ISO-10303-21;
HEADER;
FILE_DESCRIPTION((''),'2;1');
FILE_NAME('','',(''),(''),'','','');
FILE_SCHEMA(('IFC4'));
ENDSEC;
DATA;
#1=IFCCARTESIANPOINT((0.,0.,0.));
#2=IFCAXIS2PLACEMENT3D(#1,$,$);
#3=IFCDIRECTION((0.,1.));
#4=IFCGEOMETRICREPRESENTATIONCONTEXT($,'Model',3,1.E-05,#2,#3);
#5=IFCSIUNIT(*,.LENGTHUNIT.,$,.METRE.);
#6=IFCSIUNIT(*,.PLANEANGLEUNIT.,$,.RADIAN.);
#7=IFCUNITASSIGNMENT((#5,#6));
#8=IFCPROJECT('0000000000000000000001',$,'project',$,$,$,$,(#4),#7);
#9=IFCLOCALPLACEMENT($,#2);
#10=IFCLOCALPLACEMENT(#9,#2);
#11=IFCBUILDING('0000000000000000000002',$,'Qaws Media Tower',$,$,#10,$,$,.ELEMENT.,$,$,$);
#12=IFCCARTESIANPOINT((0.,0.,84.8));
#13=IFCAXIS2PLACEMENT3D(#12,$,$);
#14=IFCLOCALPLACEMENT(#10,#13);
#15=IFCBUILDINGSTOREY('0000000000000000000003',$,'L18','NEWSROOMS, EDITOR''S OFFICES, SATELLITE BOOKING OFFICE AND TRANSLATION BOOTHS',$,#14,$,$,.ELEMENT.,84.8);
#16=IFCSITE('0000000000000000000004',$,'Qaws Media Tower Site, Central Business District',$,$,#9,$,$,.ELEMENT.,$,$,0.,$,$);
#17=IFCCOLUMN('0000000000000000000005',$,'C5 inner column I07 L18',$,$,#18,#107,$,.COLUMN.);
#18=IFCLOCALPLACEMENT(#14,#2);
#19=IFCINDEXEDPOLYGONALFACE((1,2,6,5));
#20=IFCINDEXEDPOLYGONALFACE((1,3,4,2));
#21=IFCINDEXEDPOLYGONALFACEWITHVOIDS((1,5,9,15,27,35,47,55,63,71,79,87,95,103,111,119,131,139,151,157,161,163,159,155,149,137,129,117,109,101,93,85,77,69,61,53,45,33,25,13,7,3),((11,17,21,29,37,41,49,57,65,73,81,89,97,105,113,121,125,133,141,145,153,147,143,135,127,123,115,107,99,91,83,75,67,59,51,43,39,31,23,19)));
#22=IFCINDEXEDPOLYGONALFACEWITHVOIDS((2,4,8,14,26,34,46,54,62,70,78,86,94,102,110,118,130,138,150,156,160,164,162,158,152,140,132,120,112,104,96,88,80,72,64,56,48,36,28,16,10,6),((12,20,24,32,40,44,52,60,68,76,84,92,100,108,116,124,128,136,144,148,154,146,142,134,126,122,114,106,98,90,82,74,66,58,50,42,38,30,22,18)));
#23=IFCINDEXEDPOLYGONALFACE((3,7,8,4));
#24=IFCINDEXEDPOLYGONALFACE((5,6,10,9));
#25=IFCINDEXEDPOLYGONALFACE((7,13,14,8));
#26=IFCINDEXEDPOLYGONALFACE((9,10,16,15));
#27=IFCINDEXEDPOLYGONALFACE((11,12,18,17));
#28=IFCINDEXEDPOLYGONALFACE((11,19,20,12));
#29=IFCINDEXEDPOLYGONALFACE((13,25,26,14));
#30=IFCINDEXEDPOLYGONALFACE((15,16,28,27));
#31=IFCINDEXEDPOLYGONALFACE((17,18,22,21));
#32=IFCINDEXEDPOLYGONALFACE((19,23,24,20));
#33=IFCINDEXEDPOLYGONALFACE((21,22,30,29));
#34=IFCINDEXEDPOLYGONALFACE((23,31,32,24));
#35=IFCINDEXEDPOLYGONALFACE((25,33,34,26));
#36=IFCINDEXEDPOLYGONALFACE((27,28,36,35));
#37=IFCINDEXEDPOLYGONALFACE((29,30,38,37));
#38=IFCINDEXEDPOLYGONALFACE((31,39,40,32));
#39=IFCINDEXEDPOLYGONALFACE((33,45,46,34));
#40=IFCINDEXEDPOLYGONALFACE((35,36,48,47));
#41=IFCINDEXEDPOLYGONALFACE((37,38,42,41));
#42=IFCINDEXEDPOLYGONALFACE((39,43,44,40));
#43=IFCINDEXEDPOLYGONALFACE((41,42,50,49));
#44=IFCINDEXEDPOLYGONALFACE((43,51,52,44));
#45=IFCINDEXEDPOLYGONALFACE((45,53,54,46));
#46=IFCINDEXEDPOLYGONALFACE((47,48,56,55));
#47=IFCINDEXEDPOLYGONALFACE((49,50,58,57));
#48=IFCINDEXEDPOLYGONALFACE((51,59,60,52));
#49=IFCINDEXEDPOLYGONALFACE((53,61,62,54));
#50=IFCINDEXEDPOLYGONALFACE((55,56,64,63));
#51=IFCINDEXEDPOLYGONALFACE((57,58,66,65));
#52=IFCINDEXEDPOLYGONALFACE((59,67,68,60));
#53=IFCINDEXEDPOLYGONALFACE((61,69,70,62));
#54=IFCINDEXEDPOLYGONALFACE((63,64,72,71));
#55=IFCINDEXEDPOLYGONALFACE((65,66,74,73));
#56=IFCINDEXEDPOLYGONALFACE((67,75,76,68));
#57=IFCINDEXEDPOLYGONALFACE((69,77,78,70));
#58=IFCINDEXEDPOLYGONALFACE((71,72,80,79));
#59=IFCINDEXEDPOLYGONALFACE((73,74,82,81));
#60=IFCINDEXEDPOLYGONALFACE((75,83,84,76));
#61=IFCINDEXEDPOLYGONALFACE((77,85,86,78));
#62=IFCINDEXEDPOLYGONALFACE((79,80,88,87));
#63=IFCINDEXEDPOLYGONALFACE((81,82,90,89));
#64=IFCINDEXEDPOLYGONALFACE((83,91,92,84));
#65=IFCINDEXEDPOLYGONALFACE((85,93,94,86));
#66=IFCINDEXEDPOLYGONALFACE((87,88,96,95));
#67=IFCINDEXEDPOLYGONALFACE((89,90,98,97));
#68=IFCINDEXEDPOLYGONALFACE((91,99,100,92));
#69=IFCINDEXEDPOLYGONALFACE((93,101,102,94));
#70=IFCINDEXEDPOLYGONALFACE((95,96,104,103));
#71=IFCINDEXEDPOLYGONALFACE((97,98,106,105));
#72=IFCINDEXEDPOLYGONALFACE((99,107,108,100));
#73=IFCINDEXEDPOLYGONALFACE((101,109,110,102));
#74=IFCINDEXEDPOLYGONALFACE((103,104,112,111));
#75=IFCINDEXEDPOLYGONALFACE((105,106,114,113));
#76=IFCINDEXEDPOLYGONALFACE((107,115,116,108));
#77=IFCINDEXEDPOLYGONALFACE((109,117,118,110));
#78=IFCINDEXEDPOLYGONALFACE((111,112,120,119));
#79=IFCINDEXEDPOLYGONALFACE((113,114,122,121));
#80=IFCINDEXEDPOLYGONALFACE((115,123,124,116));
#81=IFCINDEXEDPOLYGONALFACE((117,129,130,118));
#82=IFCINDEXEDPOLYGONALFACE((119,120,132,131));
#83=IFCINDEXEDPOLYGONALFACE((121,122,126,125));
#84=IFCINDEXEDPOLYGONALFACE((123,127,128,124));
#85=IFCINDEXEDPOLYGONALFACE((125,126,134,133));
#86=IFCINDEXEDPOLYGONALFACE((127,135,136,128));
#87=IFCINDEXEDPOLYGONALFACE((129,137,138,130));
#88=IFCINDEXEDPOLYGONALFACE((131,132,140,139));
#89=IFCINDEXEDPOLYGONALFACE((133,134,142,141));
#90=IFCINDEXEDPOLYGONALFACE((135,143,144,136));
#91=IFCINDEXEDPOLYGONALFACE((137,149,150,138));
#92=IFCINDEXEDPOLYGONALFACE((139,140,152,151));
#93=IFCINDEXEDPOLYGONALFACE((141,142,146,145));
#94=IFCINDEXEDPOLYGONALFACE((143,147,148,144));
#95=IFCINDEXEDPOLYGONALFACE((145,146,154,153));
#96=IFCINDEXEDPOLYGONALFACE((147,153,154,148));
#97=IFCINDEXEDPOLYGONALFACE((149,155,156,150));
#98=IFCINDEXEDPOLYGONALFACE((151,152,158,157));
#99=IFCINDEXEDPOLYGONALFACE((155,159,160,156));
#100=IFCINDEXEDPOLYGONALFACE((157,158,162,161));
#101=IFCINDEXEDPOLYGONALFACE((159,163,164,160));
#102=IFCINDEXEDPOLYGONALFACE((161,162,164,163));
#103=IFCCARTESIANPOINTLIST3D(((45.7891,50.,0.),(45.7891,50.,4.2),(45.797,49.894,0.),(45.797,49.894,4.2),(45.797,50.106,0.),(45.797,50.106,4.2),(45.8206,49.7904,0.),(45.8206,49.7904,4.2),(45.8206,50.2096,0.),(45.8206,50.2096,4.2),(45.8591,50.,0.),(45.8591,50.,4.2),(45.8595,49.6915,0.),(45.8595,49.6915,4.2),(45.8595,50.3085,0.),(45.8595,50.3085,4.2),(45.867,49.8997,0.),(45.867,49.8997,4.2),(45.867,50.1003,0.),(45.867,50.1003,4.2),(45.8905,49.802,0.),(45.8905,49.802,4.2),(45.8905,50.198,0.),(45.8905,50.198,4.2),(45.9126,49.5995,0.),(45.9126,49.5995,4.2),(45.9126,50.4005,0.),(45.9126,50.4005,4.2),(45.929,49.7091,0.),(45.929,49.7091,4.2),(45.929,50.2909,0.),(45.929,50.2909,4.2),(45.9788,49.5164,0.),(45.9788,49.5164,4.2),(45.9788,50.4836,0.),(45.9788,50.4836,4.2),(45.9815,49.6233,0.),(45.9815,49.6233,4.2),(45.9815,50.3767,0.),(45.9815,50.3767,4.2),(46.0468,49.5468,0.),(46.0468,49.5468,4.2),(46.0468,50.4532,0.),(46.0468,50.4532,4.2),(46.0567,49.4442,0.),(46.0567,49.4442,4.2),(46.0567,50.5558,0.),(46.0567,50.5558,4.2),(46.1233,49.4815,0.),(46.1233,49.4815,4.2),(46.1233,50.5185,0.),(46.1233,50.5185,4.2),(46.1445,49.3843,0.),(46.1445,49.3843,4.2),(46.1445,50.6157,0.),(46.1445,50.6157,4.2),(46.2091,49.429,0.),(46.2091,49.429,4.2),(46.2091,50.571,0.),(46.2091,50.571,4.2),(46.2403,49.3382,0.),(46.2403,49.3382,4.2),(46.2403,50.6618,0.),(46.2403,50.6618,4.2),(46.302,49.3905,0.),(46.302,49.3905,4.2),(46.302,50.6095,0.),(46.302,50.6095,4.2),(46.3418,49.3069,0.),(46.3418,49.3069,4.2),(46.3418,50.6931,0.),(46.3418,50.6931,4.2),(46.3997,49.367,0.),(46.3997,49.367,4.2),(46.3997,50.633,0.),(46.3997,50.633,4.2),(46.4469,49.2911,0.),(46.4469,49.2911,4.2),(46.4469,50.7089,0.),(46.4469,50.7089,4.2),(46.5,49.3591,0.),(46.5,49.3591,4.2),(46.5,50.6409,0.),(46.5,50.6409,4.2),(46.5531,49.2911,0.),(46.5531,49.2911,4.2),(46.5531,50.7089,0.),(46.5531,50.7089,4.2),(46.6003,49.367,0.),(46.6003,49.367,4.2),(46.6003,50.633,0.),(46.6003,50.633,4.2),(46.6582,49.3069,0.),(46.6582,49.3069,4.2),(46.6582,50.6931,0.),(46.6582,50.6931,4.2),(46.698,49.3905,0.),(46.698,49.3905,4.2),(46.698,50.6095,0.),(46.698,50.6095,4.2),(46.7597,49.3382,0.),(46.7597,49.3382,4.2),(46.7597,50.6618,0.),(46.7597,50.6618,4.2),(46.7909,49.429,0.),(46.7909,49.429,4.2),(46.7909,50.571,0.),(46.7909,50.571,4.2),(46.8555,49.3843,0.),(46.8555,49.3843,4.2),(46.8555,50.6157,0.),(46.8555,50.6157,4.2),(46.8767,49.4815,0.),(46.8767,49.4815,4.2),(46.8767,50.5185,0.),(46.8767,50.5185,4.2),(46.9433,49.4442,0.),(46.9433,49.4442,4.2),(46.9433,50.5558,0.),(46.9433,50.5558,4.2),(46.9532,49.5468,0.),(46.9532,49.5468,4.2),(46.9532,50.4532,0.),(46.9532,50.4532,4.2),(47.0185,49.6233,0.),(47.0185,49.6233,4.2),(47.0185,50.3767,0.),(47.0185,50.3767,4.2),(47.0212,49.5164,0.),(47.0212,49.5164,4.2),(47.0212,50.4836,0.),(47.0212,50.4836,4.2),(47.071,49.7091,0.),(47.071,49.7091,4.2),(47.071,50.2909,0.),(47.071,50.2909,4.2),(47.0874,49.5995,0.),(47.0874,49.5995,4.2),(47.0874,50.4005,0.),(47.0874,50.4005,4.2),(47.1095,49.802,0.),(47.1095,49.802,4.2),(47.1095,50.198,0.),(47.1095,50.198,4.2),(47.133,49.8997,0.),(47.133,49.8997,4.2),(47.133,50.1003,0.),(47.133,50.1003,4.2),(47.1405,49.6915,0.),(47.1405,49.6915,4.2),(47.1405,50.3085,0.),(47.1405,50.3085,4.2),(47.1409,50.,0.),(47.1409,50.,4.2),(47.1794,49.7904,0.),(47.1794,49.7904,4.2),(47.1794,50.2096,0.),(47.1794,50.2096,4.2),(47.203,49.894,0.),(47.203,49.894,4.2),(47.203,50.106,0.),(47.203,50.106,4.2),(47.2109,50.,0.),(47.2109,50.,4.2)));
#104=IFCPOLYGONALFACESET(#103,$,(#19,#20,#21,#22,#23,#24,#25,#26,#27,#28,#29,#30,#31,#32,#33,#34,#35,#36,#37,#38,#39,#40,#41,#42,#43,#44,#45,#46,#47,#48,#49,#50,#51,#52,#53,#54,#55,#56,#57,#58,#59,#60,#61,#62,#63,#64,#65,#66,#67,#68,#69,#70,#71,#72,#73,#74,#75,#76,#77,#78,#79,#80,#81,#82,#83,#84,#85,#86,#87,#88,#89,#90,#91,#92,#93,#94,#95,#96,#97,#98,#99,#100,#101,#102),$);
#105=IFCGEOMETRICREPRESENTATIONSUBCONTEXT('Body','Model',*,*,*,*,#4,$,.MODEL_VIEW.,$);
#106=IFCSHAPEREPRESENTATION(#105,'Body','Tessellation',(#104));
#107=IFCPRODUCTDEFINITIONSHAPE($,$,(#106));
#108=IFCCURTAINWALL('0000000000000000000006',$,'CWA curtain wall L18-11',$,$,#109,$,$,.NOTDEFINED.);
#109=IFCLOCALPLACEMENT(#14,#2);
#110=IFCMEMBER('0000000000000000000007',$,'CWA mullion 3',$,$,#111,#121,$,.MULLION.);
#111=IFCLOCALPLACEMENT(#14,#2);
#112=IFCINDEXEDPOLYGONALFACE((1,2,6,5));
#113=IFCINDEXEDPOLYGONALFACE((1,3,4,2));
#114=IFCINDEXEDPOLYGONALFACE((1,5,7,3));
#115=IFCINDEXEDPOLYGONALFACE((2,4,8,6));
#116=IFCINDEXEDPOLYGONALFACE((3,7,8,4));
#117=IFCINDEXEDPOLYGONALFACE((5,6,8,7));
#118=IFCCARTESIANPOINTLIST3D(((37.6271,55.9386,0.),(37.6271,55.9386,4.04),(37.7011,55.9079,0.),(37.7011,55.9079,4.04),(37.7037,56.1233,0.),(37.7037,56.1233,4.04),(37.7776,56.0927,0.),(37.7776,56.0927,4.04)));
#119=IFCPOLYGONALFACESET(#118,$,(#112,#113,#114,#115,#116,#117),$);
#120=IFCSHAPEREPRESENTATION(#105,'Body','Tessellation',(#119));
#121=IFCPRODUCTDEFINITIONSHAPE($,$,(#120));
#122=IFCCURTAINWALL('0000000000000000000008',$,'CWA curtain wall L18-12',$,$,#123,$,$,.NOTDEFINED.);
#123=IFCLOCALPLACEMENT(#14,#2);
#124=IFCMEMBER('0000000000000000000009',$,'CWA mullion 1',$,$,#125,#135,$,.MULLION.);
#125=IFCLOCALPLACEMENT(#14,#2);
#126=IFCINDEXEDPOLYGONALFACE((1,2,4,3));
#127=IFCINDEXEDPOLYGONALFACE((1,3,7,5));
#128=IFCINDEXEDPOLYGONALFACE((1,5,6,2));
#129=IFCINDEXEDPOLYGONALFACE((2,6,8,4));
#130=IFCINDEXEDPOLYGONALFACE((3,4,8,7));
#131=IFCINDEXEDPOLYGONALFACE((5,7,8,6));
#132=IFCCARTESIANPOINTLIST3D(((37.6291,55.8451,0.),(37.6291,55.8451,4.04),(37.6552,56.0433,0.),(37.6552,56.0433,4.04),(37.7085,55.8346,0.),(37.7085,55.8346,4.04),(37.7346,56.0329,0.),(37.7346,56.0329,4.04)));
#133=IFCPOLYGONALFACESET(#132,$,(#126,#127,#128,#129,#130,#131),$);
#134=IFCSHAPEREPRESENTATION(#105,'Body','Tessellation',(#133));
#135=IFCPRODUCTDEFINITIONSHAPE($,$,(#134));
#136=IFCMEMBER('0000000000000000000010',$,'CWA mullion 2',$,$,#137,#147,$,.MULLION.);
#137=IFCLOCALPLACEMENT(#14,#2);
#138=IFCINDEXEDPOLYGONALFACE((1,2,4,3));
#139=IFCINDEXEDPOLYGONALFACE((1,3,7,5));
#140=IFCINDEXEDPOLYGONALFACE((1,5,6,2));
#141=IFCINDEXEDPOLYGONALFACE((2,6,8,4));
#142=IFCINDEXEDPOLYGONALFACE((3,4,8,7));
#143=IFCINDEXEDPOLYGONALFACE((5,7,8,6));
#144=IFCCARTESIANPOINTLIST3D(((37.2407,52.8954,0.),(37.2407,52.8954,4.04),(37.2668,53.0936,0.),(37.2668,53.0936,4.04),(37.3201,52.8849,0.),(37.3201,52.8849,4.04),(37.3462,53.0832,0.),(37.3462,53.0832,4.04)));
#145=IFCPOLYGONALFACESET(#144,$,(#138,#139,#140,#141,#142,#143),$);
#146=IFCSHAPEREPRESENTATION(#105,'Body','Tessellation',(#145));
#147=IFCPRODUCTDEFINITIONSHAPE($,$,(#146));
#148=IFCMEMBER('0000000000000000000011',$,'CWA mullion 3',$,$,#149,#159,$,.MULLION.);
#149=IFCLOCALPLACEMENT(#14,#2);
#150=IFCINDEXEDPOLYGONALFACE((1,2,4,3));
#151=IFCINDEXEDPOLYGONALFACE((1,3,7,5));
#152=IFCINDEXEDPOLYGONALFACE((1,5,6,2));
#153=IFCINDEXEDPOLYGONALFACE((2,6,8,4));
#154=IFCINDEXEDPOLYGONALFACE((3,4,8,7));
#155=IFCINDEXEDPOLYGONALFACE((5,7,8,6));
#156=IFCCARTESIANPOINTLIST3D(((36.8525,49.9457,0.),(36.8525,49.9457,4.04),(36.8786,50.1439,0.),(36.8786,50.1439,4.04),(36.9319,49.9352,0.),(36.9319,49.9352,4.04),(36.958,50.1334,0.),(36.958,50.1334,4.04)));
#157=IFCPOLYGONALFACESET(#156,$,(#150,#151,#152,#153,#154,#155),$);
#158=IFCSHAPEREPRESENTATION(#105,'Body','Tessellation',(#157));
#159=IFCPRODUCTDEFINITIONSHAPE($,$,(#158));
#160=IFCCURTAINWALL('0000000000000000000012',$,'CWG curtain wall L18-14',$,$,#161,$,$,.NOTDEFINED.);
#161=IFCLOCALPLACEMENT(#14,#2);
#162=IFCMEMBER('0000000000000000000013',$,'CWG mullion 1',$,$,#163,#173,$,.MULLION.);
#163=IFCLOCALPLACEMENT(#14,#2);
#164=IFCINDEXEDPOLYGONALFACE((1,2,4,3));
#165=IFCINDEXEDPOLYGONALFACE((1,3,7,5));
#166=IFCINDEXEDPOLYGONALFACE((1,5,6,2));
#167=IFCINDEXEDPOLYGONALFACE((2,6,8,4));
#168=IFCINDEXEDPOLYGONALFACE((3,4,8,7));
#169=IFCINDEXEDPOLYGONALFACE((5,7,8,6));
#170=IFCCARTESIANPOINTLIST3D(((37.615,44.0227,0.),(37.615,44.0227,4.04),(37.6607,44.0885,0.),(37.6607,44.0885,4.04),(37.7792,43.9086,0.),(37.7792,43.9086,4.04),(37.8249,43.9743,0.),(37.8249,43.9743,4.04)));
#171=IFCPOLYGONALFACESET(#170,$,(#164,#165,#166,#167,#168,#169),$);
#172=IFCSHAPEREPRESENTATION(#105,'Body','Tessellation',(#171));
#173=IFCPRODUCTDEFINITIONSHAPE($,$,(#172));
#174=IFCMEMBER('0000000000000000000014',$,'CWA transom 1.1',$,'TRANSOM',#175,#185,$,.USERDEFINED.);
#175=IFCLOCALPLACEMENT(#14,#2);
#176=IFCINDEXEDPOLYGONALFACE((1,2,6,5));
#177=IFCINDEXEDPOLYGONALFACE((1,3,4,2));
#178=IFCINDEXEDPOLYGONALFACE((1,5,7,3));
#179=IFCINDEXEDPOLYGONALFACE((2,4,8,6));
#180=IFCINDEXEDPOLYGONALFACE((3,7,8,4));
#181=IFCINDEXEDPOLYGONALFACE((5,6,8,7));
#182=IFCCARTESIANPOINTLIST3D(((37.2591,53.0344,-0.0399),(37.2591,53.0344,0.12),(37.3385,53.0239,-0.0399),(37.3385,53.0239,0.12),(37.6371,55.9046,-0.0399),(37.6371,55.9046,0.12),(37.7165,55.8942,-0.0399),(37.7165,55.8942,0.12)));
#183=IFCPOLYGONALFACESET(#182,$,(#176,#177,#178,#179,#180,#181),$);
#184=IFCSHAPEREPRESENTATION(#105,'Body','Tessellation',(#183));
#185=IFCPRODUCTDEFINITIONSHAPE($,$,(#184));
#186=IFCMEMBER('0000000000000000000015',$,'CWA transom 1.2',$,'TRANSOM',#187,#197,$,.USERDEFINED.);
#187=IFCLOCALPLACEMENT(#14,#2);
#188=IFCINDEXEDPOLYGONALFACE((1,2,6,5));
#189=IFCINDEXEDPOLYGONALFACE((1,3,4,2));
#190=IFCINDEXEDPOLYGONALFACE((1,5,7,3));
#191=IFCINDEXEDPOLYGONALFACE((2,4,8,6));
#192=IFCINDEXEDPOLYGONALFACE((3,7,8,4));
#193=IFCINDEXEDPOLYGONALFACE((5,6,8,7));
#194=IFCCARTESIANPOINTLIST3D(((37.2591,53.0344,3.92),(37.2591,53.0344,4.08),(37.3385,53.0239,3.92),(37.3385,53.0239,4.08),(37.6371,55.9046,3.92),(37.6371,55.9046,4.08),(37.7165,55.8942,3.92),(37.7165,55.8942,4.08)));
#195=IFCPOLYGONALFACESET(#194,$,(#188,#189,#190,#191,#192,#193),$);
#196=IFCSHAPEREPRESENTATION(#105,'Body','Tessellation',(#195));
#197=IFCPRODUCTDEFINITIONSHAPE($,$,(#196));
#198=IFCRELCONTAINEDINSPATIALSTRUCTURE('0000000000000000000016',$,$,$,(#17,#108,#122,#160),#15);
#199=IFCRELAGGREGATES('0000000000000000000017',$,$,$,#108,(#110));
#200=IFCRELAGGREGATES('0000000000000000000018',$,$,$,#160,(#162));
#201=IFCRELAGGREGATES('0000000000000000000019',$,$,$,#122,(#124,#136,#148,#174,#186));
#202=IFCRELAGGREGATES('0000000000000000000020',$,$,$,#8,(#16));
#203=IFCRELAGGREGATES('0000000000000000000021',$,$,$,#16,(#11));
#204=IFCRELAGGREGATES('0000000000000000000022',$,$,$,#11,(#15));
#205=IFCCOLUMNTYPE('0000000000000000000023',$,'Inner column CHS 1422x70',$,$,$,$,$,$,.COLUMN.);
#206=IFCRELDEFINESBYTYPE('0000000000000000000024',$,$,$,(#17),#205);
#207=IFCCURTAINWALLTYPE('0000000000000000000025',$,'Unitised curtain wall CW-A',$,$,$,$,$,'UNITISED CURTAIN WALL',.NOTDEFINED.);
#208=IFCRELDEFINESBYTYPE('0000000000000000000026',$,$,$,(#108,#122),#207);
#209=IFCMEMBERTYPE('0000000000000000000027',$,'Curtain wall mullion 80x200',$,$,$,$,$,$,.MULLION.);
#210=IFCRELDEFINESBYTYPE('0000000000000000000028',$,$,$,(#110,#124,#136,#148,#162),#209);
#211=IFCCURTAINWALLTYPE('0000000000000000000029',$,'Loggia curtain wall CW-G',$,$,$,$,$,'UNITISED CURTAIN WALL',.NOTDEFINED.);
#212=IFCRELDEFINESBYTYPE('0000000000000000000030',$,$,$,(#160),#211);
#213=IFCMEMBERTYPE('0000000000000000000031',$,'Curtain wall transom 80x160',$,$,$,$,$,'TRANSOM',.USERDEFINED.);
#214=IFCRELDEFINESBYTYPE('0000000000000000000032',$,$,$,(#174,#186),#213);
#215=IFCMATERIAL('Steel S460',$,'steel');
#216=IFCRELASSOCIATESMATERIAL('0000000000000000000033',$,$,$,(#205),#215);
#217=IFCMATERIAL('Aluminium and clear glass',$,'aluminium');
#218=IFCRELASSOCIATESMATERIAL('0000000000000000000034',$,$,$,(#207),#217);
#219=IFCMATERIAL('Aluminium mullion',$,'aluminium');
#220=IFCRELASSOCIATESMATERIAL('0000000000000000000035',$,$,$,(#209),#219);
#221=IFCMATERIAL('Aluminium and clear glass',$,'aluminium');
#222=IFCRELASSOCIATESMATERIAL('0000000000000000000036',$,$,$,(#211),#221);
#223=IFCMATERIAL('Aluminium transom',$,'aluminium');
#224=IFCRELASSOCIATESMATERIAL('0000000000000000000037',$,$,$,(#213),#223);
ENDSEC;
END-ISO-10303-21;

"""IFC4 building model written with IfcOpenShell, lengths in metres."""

from ifc_helpers import new_model, si_unit, direction, frame, origin, origin_2d, place, context, subcontext, project, spatial, rectangle, hollow_circle, extrude, material, material_profile, profile_set, type_object, element, aggregate, save


model = new_model("IFC4")

# Units and contexts
model_context = context("Model", 3, precision=1e-05, world=origin(), true_north=direction((0.0, 1.0)))
body_context = subcontext(model_context, "Body", "Model", "MODEL_VIEW")
ifc_project = project(units=[si_unit("LENGTHUNIT", "METRE"), si_unit("PLANEANGLEUNIT", "RADIAN")], contexts=[model_context])

# Site, building, storey
site_placement = place(None, origin())
site = spatial("IfcSite", under=ifc_project, at=site_placement, Name="Qaws Media Tower Site, Central Business District", CompositionType="ELEMENT", RefElevation=0.0)
building_placement = place(site_placement, origin())
building = spatial("IfcBuilding", under=site, at=building_placement, Name="Qaws Media Tower", CompositionType="ELEMENT")
storey_placement = place(building_placement, frame((0.0, 0.0, 84.8)))
storey = spatial("IfcBuildingStorey", under=building, at=storey_placement, Name="L18", Description="NEWSROOMS, EDITOR'S OFFICES, SATELLITE BOOKING OFFICE AND TRANSLATION BOOTHS", CompositionType="ELEMENT", Elevation=84.8)

# Column
ifc_material_1 = material(Name="Steel S460", Category="steel")
ifc_material_profile_1 = material_profile(ifc_material_1, hollow_circle(Radius=0.7109, WallThickness=0.0701, at=origin_2d()), Name="CHS 1422x70")
ifc_profile_set_1 = profile_set([ifc_material_profile_1], Name="Steel S460")
column_type = type_object("IfcColumnType", Name="Inner column CHS 1422x70", PredefinedType="COLUMN", material=ifc_profile_set_1)
column_placement = place(storey_placement, frame((46.5, 50.0, 0.0), z_axis=(0.0, 0.0, 1.0), x_axis=(1.0, 0.0, 0.0)))
element("IfcColumn", 1, at=column_placement, inside=storey, type_object=column_type, Name="C5 inner column I07 L18", PredefinedType="COLUMN", context=body_context, shape_type="SweptSolid", body=[
    extrude(hollow_circle(Radius=0.7109, WallThickness=0.0701, at=origin_2d()), origin(), (0.0, 0.0, 1.0), 4.2),
])

# Curtain wall, member
ifc_material_2 = material(Name="Aluminium and clear glass", Category="aluminium")
curtain_wall_type_1 = type_object("IfcCurtainWallType", Name="Unitised curtain wall CW-A", ElementType="UNITISED CURTAIN WALL", PredefinedType="NOTDEFINED", material=ifc_material_2)
curtain_wall_1_placement = place(storey_placement, origin())
curtain_wall_1 = element("IfcCurtainWall", 2, at=curtain_wall_1_placement, inside=storey, type_object=curtain_wall_type_1, Name="CWA curtain wall L18-11", PredefinedType="NOTDEFINED")
ifc_material_3 = material(Name="Aluminium mullion", Category="aluminium")
ifc_material_profile_2 = material_profile(ifc_material_3, rectangle(XDim=0.0801, YDim=0.2, at=origin_2d()), Name="80x200")
ifc_profile_set_2 = profile_set([ifc_material_profile_2], Name="Aluminium mullion")
member_type_1 = type_object("IfcMemberType", Name="Curtain wall mullion 80x200", PredefinedType="MULLION", material=ifc_profile_set_2)
member_1_placement = place(storey_placement, frame((37.7024, 56.0156, 0.0), z_axis=(0.0, 0.0, 1.0), x_axis=(0.92388, -0.382683, 0.0)))
member_1 = element("IfcMember", 3, at=member_1_placement, type_object=member_type_1, Name="CWA mullion 3", PredefinedType="MULLION", context=body_context, shape_type="SweptSolid", body=[
    extrude(rectangle(XDim=0.0801, YDim=0.2, at=origin_2d()), origin(), (0.0, 0.0, 1.0), 4.04),
])
aggregate(curtain_wall_1, [member_1])

# Curtain wall, members
curtain_wall_2_placement = place(storey_placement, origin())
curtain_wall_2 = element("IfcCurtainWall", 4, at=curtain_wall_2_placement, inside=storey, type_object=curtain_wall_type_1, Name="CWA curtain wall L18-12", PredefinedType="NOTDEFINED")
member_2_placement = place(storey_placement, frame((37.6819, 55.939, 0.0), z_axis=(0.0, 0.0, 1.0), x_axis=(0.991445, -0.130526, 0.0)))
member_2 = element("IfcMember", 5, at=member_2_placement, type_object=member_type_1, Name="CWA mullion 1", PredefinedType="MULLION", context=body_context, shape_type="SweptSolid", body=[
    extrude(rectangle(XDim=0.0801, YDim=0.2, at=origin_2d()), origin(), (0.0, 0.0, 1.0), 4.04),
])
member_3_placement = place(storey_placement, frame((37.2935, 52.9893, 0.0), z_axis=(0.0, 0.0, 1.0), x_axis=(0.991445, -0.130526, 0.0)))
member_3 = element("IfcMember", 6, at=member_3_placement, type_object=member_type_1, Name="CWA mullion 2", PredefinedType="MULLION", context=body_context, shape_type="SweptSolid", body=[
    extrude(rectangle(XDim=0.0801, YDim=0.2, at=origin_2d()), origin(), (0.0, 0.0, 1.0), 4.04),
])
member_4_placement = place(storey_placement, frame((36.9053, 50.0396, 0.0), z_axis=(0.0, 0.0, 1.0), x_axis=(0.991445, -0.130526, 0.0)))
member_4 = element("IfcMember", 7, at=member_4_placement, type_object=member_type_1, Name="CWA mullion 3", PredefinedType="MULLION", context=body_context, shape_type="SweptSolid", body=[
    extrude(rectangle(XDim=0.0801, YDim=0.2, at=origin_2d()), origin(), (0.0, 0.0, 1.0), 4.04),
])

# Curtain wall, member
ifc_material_4 = material(Name="Aluminium and clear glass", Category="aluminium")
curtain_wall_type_2 = type_object("IfcCurtainWallType", Name="Loggia curtain wall CW-G", ElementType="UNITISED CURTAIN WALL", PredefinedType="NOTDEFINED", material=ifc_material_4)
curtain_wall_3_placement = place(storey_placement, origin())
curtain_wall_3 = element("IfcCurtainWall", 8, at=curtain_wall_3_placement, inside=storey, type_object=curtain_wall_type_2, Name="CWG curtain wall L18-14", PredefinedType="NOTDEFINED")
member_5_placement = place(storey_placement, frame((37.72, 43.9985, 0.0), z_axis=(0.0, 0.0, 1.0), x_axis=(0.570768, 0.821111, 0.0)))
member_5 = element("IfcMember", 9, at=member_5_placement, type_object=member_type_1, Name="CWG mullion 1", PredefinedType="MULLION", context=body_context, shape_type="SweptSolid", body=[
    extrude(rectangle(XDim=0.0801, YDim=0.2, at=origin_2d()), origin(), (0.0, 0.0, 1.0), 4.04),
])

# Members
ifc_material_5 = material(Name="Aluminium transom", Category="aluminium")
ifc_material_profile_3 = material_profile(ifc_material_5, rectangle(XDim=0.0801, YDim=0.1599, at=origin_2d()), Name="80x160")
ifc_profile_set_3 = profile_set([ifc_material_profile_3], Name="Aluminium transom")
member_type_2 = type_object("IfcMemberType", Name="Curtain wall transom 80x160", ElementType="TRANSOM", PredefinedType="USERDEFINED", material=ifc_profile_set_3)
member_6_placement = place(storey_placement, frame((37.6768, 55.8994, 0.04), z_axis=(-0.13054, -0.991443, 0.0), x_axis=(0.991443, -0.13054, 0.0)))
member_6 = element("IfcMember", 10, at=member_6_placement, type_object=member_type_2, Name="CWA transom 1.1", ObjectType="TRANSOM", PredefinedType="USERDEFINED", context=body_context, shape_type="SweptSolid", body=[
    extrude(rectangle(XDim=0.0801, YDim=0.1599, at=origin_2d()), origin(), (0.0, 0.0, 1.0), 2.895),
])
member_7_placement = place(storey_placement, frame((37.6768, 55.8994, 4.0), z_axis=(-0.13054, -0.991443, 0.0), x_axis=(0.991443, -0.13054, 0.0)))
member_7 = element("IfcMember", 11, at=member_7_placement, type_object=member_type_2, Name="CWA transom 1.2", ObjectType="TRANSOM", PredefinedType="USERDEFINED", context=body_context, shape_type="SweptSolid", body=[
    extrude(rectangle(XDim=0.0801, YDim=0.1599, at=origin_2d()), origin(), (0.0, 0.0, 1.0), 2.895),
])
aggregate(curtain_wall_3, [member_5])

aggregate(curtain_wall_2, [member_2, member_3, member_4, member_6, member_7])

save(model, "model.ifc")
